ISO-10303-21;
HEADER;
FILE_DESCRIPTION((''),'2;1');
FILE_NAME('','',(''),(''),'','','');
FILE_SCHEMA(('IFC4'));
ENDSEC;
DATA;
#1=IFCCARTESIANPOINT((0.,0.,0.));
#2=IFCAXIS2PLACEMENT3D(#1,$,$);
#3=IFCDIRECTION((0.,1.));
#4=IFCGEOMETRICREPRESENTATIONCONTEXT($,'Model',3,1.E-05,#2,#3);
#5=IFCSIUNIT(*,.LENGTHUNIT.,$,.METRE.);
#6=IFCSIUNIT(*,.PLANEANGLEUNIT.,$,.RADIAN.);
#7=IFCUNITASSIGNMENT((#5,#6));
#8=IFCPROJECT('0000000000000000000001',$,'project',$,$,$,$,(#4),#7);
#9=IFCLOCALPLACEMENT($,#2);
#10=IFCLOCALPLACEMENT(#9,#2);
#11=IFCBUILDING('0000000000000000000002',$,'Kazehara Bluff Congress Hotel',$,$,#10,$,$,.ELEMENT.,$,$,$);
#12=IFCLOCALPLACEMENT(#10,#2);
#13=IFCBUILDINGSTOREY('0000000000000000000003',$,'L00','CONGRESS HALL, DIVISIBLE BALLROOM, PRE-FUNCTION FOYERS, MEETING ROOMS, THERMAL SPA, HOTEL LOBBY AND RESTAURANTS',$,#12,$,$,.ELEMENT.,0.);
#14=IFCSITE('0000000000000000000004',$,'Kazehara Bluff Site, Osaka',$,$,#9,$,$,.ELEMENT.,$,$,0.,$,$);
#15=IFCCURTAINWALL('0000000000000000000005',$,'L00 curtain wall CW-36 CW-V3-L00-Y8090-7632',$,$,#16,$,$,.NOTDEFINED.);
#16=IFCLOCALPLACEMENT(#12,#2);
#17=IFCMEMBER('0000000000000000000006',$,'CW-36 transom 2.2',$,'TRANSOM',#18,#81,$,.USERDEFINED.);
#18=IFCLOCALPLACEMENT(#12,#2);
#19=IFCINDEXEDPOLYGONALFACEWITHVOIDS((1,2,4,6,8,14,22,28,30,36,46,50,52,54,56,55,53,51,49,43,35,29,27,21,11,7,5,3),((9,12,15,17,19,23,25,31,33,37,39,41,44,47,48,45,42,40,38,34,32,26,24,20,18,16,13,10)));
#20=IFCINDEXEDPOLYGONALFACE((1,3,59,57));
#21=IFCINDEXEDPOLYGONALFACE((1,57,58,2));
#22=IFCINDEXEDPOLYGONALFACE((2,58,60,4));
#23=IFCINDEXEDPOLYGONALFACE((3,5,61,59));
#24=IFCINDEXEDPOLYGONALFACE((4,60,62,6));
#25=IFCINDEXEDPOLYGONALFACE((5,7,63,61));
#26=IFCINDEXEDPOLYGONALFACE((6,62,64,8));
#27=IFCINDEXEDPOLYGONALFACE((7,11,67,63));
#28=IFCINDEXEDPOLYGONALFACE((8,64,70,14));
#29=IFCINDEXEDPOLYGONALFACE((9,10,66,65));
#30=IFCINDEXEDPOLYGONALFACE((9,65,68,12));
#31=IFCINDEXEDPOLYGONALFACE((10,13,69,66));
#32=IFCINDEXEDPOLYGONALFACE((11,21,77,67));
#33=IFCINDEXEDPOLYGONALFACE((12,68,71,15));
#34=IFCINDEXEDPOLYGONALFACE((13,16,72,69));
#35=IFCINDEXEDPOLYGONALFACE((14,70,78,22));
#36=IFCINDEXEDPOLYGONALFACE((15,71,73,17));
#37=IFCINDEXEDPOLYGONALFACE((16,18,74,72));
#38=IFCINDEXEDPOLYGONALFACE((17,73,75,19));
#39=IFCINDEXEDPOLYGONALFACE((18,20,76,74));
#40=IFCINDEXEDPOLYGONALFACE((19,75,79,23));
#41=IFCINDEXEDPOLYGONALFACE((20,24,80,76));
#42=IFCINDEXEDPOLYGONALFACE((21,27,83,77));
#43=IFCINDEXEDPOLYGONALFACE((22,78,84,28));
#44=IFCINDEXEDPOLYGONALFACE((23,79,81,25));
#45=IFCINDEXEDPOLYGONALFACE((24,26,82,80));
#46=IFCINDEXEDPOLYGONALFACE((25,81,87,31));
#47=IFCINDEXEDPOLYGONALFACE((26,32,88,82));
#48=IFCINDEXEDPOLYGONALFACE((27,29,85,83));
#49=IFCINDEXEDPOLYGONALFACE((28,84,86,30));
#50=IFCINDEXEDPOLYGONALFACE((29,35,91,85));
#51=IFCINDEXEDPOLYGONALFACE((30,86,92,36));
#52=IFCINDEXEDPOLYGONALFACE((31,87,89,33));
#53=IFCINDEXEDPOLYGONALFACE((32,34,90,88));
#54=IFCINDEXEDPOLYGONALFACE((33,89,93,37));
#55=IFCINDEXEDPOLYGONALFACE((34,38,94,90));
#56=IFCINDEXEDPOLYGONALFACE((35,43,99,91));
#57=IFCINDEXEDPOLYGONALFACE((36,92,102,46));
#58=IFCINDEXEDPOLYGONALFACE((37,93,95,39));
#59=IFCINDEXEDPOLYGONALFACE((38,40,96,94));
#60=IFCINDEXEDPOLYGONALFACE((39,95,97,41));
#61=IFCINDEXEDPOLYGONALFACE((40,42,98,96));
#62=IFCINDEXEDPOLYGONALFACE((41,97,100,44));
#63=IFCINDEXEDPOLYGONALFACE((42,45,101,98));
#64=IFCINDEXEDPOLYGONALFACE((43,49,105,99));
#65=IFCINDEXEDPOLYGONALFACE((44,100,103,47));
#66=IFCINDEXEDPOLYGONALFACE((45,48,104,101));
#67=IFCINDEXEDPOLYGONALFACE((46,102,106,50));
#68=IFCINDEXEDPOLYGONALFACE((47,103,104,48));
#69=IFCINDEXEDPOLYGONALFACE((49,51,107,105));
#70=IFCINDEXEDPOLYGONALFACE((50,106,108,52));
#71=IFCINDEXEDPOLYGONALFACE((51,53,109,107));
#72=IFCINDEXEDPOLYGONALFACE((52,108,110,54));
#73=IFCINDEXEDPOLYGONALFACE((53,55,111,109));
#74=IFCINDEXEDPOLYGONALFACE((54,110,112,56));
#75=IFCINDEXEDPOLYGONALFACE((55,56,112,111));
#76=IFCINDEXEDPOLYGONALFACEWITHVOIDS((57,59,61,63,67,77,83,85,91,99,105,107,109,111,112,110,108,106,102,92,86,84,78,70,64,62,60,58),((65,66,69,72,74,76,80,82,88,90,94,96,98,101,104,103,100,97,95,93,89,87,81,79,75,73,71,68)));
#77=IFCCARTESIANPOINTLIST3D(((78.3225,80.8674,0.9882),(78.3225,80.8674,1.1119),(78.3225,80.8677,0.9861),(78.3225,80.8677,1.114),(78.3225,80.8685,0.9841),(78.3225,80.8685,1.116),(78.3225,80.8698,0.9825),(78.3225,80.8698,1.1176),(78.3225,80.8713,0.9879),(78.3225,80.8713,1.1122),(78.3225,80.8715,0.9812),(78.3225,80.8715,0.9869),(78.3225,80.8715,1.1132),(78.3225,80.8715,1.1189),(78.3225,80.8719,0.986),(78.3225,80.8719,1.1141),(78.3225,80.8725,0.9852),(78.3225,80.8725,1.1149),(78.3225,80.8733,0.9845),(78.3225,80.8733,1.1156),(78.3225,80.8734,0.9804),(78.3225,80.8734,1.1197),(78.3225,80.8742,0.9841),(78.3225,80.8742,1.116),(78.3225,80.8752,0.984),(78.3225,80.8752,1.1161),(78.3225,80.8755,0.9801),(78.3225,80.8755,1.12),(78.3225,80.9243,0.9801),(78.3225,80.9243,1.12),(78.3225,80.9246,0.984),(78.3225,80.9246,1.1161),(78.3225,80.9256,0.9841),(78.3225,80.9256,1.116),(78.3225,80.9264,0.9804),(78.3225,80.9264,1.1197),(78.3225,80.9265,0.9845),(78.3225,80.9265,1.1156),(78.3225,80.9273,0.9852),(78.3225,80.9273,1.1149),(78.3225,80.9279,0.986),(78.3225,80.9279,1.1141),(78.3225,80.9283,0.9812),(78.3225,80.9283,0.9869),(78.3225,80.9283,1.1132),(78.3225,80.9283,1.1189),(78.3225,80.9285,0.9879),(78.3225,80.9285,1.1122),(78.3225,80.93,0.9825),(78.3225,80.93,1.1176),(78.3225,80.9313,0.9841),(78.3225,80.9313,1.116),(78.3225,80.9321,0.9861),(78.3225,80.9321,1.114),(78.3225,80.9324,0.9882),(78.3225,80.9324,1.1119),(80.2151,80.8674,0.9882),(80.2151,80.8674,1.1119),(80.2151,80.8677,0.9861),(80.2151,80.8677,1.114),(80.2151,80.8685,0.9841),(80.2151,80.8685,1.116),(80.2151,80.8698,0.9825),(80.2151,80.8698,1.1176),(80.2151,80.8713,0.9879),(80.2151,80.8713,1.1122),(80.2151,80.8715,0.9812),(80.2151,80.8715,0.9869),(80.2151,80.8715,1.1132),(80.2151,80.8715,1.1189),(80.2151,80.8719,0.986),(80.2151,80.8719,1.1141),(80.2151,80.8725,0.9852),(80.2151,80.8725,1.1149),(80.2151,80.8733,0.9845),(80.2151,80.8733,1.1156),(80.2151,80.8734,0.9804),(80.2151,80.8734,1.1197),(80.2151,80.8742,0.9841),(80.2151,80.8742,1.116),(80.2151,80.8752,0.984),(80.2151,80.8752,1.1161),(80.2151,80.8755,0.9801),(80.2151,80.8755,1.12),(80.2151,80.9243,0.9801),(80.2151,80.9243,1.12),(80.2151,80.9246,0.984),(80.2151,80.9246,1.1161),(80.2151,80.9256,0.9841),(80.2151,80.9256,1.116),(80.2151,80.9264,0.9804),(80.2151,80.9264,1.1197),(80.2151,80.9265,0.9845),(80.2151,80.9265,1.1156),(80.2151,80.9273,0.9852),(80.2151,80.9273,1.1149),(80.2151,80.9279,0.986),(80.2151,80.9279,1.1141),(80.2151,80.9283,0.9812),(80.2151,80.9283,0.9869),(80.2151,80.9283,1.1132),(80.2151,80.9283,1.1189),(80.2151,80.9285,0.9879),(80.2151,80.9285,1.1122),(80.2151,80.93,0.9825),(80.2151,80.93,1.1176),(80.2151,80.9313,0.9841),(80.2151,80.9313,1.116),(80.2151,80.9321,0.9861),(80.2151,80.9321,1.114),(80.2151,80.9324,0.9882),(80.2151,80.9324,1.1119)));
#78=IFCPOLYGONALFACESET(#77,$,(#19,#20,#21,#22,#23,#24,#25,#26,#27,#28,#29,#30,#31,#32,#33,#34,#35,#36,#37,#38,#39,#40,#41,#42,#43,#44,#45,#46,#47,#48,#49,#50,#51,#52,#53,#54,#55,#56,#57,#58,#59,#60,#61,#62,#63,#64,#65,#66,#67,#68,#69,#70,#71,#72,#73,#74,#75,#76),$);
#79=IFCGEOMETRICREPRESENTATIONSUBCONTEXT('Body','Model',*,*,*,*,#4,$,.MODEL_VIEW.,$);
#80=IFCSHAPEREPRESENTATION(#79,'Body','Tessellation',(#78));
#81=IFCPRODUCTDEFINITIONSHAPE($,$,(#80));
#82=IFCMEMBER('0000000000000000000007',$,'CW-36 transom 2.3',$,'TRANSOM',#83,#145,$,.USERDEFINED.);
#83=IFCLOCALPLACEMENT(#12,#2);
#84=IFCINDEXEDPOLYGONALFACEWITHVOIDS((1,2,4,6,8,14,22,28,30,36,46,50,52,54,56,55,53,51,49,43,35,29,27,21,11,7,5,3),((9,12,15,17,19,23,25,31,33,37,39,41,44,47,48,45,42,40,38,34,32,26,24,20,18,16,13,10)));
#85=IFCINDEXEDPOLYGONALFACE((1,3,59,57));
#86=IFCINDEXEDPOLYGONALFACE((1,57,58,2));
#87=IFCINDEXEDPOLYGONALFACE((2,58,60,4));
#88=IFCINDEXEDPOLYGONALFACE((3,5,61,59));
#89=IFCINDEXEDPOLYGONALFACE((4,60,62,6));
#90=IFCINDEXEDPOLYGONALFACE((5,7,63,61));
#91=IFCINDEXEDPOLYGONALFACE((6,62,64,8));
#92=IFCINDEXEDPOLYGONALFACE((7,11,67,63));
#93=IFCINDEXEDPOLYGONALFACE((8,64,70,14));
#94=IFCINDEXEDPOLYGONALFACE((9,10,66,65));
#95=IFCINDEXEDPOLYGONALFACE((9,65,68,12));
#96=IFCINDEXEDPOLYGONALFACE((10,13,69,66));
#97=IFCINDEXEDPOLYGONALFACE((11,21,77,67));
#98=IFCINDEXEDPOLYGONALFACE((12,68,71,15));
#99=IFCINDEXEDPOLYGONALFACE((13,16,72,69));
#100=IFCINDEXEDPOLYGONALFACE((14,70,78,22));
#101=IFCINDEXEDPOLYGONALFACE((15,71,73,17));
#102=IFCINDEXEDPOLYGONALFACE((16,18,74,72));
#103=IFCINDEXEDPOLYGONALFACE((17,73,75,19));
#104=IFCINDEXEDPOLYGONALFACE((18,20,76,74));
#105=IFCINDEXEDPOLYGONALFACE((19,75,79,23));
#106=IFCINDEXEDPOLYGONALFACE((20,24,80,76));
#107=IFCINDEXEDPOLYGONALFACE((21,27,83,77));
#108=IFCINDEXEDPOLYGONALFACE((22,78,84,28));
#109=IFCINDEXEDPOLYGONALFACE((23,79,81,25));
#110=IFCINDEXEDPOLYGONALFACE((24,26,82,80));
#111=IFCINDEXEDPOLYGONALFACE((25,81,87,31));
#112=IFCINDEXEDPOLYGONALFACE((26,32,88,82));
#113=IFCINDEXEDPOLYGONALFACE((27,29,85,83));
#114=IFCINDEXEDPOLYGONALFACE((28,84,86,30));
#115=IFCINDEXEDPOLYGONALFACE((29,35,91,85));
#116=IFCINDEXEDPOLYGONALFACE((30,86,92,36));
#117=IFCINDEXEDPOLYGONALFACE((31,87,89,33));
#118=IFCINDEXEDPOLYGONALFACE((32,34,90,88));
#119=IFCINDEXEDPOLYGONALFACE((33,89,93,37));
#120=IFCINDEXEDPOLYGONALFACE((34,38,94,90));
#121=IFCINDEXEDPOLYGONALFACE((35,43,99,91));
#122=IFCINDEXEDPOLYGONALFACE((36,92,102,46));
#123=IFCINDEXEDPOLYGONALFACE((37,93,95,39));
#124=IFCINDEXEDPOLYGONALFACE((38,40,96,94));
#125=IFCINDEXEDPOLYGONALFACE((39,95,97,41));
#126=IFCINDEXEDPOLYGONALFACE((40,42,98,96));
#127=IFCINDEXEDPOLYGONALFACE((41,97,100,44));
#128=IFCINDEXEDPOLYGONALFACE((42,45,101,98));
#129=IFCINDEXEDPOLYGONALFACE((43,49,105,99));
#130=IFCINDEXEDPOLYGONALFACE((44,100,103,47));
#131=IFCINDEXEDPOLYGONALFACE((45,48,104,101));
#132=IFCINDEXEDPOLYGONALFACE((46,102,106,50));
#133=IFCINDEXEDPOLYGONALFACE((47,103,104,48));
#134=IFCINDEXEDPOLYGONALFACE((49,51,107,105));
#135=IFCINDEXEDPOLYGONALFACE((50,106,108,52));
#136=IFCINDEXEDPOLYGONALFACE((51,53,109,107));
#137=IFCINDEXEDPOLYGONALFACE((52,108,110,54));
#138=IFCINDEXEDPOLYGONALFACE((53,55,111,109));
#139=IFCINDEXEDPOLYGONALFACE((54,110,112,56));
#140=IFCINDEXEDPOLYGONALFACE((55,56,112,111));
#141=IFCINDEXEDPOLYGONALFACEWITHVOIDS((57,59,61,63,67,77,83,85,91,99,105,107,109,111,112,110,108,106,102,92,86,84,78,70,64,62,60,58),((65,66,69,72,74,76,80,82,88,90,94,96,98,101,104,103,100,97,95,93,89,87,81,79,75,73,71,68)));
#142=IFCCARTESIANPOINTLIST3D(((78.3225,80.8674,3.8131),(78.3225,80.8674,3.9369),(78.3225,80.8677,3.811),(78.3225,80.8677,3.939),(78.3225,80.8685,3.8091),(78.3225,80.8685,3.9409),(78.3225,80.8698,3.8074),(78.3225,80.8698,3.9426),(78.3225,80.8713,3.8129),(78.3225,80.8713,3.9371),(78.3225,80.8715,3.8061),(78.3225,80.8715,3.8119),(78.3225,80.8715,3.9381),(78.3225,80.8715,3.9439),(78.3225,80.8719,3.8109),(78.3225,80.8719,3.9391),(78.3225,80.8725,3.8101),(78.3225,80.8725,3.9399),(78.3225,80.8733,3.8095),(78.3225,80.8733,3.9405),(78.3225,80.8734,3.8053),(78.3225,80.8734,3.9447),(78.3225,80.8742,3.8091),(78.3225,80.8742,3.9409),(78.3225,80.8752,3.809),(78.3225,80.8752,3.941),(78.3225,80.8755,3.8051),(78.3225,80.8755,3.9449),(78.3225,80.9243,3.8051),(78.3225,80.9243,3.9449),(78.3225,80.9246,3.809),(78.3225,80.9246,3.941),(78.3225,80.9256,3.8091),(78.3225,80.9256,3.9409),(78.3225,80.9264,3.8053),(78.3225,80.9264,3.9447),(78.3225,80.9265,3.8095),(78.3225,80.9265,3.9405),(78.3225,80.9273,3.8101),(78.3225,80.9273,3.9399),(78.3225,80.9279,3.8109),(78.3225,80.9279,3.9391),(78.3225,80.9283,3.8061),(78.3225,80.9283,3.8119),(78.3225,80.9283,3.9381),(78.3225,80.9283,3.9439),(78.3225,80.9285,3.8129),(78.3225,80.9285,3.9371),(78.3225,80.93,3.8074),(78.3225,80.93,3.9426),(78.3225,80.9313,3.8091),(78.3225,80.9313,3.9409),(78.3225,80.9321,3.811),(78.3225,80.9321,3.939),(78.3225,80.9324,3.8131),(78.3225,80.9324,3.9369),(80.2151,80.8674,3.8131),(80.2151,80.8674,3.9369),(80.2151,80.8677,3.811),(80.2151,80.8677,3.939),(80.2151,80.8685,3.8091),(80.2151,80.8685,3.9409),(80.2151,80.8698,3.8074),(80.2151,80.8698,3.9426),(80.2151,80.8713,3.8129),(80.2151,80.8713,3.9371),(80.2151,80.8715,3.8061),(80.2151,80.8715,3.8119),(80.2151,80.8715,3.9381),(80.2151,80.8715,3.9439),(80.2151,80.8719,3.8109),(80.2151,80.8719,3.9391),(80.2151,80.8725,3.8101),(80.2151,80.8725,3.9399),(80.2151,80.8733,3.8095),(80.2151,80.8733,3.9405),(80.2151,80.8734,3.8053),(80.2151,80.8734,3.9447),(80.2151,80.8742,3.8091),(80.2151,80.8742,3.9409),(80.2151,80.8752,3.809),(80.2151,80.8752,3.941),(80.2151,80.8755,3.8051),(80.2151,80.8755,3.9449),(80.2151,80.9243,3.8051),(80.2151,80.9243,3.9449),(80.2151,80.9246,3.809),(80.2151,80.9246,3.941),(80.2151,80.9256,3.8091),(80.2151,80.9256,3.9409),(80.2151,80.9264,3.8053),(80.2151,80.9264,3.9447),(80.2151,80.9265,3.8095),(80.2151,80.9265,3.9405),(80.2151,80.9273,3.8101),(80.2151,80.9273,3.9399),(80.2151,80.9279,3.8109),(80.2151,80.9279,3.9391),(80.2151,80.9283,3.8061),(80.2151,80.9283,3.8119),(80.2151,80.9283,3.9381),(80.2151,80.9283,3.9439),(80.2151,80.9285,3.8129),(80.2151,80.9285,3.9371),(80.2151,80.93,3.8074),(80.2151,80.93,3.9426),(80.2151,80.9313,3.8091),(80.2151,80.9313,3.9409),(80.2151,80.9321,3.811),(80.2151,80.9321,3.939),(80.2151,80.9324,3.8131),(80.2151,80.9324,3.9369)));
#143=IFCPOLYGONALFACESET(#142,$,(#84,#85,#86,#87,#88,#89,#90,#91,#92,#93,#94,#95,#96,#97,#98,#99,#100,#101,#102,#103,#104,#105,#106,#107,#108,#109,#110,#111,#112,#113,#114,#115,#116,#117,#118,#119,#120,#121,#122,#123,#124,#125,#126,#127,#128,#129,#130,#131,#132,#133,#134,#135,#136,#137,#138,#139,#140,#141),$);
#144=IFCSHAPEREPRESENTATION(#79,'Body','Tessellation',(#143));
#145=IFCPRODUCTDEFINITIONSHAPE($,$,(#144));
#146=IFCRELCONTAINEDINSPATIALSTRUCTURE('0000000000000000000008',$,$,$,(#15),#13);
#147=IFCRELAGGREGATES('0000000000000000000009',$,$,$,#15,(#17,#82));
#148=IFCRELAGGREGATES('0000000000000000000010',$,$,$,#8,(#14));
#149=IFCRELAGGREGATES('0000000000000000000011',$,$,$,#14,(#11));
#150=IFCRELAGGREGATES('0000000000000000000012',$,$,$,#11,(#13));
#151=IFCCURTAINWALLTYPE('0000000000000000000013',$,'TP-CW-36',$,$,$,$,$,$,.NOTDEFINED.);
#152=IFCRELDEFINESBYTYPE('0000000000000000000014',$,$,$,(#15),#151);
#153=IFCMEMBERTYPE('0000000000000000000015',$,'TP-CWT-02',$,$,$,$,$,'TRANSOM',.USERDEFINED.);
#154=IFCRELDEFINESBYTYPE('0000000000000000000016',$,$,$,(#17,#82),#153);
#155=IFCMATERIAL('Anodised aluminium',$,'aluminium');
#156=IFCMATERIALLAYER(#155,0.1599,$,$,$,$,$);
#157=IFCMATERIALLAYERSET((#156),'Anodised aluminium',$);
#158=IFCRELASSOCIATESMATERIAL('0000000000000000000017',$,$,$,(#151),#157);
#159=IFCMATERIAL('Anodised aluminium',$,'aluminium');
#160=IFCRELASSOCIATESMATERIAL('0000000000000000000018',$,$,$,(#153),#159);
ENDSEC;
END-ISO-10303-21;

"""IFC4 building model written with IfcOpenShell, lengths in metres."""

from ifc_helpers import new_model, si_unit, direction, frame, origin, origin_2d, place, context, subcontext, project, spatial, hollow_rectangle, extrude, material, layer, layer_set, material_profile, profile_set, type_object, element, aggregate, save


model = new_model("IFC4")

# Units and contexts
model_context = context("Model", 3, precision=1e-05, world=origin(), true_north=direction((0.0, 1.0)))
body_context = subcontext(model_context, "Body", "Model", "MODEL_VIEW")
ifc_project = project(units=[si_unit("LENGTHUNIT", "METRE"), si_unit("PLANEANGLEUNIT", "RADIAN")], contexts=[model_context])

# Site, building, storey
site_placement = place(None, origin())
site = spatial("IfcSite", under=ifc_project, at=site_placement, Name="Kazehara Bluff Site, Osaka", CompositionType="ELEMENT", RefElevation=0.0)
building_placement = place(site_placement, origin())
building = spatial("IfcBuilding", under=site, at=building_placement, Name="Kazehara Bluff Congress Hotel", CompositionType="ELEMENT")
storey_placement = place(building_placement, origin())
storey = spatial("IfcBuildingStorey", under=building, at=storey_placement, Name="L00", Description="CONGRESS HALL, DIVISIBLE BALLROOM, PRE-FUNCTION FOYERS, MEETING ROOMS, THERMAL SPA, HOTEL LOBBY AND RESTAURANTS", CompositionType="ELEMENT", Elevation=0.0)

# Shared definitions
ifc_material_1 = material(Name="Anodised aluminium", Category="aluminium")
ifc_layer_1 = layer(ifc_material_1, 0.1599)
ifc_layer_set_1 = layer_set([ifc_layer_1], Name="Anodised aluminium")
curtain_wall_type = type_object("IfcCurtainWallType", Name="TP-CW-36", PredefinedType="NOTDEFINED", material=ifc_layer_set_1)

# Curtain wall
curtain_wall_1_placement = place(storey_placement, origin())
curtain_wall_1 = element("IfcCurtainWall", 1, at=curtain_wall_1_placement, inside=storey, type_object=curtain_wall_type, Name="L00 curtain wall CW-36 CW-V3-L00-Y8090-7632", PredefinedType="NOTDEFINED")

# Members
ifc_material_2 = material(Name="Anodised aluminium", Category="aluminium")
ifc_material_profile_1 = material_profile(ifc_material_2, hollow_rectangle(XDim=0.0649, YDim=0.1399, WallThickness=0.0039, InnerFilletRadius=0.0039, OuterFilletRadius=0.0081, at=origin_2d()))
ifc_profile_set_1 = profile_set([ifc_material_profile_1], Name="Anodised aluminium")
member_type_1 = type_object("IfcMemberType", Name="TP-CWT-02", ElementType="TRANSOM", PredefinedType="USERDEFINED", material=ifc_profile_set_1)
member_1_placement = place(storey_placement, frame((78.3225, 80.8999, 1.05), z_axis=(1.0, 0.0, 0.0), x_axis=(0.0, 1.0, 0.0)))
member_1 = element("IfcMember", 2, at=member_1_placement, type_object=member_type_1, Name="CW-36 transom 2.2", ObjectType="TRANSOM", PredefinedType="USERDEFINED", context=body_context, shape_type="SweptSolid", body=[
    extrude(hollow_rectangle(XDim=0.0649, YDim=0.1399, WallThickness=0.0039, InnerFilletRadius=0.0039, OuterFilletRadius=0.0081, at=origin_2d()), origin(), (0.0, 0.0, 1.0), 1.8926),
])
member_2_placement = place(storey_placement, frame((78.3225, 80.8999, 3.875), z_axis=(1.0, 0.0, 0.0), x_axis=(0.0, 1.0, 0.0)))
member_2 = element("IfcMember", 3, at=member_2_placement, type_object=member_type_1, Name="CW-36 transom 2.3", ObjectType="TRANSOM", PredefinedType="USERDEFINED", context=body_context, shape_type="SweptSolid", body=[
    extrude(hollow_rectangle(XDim=0.0649, YDim=0.1399, WallThickness=0.0039, InnerFilletRadius=0.0039, OuterFilletRadius=0.0081, at=origin_2d()), origin(), (0.0, 0.0, 1.0), 1.8926),
])

aggregate(curtain_wall_1, [member_1, member_2])

save(model, "model.ifc")
